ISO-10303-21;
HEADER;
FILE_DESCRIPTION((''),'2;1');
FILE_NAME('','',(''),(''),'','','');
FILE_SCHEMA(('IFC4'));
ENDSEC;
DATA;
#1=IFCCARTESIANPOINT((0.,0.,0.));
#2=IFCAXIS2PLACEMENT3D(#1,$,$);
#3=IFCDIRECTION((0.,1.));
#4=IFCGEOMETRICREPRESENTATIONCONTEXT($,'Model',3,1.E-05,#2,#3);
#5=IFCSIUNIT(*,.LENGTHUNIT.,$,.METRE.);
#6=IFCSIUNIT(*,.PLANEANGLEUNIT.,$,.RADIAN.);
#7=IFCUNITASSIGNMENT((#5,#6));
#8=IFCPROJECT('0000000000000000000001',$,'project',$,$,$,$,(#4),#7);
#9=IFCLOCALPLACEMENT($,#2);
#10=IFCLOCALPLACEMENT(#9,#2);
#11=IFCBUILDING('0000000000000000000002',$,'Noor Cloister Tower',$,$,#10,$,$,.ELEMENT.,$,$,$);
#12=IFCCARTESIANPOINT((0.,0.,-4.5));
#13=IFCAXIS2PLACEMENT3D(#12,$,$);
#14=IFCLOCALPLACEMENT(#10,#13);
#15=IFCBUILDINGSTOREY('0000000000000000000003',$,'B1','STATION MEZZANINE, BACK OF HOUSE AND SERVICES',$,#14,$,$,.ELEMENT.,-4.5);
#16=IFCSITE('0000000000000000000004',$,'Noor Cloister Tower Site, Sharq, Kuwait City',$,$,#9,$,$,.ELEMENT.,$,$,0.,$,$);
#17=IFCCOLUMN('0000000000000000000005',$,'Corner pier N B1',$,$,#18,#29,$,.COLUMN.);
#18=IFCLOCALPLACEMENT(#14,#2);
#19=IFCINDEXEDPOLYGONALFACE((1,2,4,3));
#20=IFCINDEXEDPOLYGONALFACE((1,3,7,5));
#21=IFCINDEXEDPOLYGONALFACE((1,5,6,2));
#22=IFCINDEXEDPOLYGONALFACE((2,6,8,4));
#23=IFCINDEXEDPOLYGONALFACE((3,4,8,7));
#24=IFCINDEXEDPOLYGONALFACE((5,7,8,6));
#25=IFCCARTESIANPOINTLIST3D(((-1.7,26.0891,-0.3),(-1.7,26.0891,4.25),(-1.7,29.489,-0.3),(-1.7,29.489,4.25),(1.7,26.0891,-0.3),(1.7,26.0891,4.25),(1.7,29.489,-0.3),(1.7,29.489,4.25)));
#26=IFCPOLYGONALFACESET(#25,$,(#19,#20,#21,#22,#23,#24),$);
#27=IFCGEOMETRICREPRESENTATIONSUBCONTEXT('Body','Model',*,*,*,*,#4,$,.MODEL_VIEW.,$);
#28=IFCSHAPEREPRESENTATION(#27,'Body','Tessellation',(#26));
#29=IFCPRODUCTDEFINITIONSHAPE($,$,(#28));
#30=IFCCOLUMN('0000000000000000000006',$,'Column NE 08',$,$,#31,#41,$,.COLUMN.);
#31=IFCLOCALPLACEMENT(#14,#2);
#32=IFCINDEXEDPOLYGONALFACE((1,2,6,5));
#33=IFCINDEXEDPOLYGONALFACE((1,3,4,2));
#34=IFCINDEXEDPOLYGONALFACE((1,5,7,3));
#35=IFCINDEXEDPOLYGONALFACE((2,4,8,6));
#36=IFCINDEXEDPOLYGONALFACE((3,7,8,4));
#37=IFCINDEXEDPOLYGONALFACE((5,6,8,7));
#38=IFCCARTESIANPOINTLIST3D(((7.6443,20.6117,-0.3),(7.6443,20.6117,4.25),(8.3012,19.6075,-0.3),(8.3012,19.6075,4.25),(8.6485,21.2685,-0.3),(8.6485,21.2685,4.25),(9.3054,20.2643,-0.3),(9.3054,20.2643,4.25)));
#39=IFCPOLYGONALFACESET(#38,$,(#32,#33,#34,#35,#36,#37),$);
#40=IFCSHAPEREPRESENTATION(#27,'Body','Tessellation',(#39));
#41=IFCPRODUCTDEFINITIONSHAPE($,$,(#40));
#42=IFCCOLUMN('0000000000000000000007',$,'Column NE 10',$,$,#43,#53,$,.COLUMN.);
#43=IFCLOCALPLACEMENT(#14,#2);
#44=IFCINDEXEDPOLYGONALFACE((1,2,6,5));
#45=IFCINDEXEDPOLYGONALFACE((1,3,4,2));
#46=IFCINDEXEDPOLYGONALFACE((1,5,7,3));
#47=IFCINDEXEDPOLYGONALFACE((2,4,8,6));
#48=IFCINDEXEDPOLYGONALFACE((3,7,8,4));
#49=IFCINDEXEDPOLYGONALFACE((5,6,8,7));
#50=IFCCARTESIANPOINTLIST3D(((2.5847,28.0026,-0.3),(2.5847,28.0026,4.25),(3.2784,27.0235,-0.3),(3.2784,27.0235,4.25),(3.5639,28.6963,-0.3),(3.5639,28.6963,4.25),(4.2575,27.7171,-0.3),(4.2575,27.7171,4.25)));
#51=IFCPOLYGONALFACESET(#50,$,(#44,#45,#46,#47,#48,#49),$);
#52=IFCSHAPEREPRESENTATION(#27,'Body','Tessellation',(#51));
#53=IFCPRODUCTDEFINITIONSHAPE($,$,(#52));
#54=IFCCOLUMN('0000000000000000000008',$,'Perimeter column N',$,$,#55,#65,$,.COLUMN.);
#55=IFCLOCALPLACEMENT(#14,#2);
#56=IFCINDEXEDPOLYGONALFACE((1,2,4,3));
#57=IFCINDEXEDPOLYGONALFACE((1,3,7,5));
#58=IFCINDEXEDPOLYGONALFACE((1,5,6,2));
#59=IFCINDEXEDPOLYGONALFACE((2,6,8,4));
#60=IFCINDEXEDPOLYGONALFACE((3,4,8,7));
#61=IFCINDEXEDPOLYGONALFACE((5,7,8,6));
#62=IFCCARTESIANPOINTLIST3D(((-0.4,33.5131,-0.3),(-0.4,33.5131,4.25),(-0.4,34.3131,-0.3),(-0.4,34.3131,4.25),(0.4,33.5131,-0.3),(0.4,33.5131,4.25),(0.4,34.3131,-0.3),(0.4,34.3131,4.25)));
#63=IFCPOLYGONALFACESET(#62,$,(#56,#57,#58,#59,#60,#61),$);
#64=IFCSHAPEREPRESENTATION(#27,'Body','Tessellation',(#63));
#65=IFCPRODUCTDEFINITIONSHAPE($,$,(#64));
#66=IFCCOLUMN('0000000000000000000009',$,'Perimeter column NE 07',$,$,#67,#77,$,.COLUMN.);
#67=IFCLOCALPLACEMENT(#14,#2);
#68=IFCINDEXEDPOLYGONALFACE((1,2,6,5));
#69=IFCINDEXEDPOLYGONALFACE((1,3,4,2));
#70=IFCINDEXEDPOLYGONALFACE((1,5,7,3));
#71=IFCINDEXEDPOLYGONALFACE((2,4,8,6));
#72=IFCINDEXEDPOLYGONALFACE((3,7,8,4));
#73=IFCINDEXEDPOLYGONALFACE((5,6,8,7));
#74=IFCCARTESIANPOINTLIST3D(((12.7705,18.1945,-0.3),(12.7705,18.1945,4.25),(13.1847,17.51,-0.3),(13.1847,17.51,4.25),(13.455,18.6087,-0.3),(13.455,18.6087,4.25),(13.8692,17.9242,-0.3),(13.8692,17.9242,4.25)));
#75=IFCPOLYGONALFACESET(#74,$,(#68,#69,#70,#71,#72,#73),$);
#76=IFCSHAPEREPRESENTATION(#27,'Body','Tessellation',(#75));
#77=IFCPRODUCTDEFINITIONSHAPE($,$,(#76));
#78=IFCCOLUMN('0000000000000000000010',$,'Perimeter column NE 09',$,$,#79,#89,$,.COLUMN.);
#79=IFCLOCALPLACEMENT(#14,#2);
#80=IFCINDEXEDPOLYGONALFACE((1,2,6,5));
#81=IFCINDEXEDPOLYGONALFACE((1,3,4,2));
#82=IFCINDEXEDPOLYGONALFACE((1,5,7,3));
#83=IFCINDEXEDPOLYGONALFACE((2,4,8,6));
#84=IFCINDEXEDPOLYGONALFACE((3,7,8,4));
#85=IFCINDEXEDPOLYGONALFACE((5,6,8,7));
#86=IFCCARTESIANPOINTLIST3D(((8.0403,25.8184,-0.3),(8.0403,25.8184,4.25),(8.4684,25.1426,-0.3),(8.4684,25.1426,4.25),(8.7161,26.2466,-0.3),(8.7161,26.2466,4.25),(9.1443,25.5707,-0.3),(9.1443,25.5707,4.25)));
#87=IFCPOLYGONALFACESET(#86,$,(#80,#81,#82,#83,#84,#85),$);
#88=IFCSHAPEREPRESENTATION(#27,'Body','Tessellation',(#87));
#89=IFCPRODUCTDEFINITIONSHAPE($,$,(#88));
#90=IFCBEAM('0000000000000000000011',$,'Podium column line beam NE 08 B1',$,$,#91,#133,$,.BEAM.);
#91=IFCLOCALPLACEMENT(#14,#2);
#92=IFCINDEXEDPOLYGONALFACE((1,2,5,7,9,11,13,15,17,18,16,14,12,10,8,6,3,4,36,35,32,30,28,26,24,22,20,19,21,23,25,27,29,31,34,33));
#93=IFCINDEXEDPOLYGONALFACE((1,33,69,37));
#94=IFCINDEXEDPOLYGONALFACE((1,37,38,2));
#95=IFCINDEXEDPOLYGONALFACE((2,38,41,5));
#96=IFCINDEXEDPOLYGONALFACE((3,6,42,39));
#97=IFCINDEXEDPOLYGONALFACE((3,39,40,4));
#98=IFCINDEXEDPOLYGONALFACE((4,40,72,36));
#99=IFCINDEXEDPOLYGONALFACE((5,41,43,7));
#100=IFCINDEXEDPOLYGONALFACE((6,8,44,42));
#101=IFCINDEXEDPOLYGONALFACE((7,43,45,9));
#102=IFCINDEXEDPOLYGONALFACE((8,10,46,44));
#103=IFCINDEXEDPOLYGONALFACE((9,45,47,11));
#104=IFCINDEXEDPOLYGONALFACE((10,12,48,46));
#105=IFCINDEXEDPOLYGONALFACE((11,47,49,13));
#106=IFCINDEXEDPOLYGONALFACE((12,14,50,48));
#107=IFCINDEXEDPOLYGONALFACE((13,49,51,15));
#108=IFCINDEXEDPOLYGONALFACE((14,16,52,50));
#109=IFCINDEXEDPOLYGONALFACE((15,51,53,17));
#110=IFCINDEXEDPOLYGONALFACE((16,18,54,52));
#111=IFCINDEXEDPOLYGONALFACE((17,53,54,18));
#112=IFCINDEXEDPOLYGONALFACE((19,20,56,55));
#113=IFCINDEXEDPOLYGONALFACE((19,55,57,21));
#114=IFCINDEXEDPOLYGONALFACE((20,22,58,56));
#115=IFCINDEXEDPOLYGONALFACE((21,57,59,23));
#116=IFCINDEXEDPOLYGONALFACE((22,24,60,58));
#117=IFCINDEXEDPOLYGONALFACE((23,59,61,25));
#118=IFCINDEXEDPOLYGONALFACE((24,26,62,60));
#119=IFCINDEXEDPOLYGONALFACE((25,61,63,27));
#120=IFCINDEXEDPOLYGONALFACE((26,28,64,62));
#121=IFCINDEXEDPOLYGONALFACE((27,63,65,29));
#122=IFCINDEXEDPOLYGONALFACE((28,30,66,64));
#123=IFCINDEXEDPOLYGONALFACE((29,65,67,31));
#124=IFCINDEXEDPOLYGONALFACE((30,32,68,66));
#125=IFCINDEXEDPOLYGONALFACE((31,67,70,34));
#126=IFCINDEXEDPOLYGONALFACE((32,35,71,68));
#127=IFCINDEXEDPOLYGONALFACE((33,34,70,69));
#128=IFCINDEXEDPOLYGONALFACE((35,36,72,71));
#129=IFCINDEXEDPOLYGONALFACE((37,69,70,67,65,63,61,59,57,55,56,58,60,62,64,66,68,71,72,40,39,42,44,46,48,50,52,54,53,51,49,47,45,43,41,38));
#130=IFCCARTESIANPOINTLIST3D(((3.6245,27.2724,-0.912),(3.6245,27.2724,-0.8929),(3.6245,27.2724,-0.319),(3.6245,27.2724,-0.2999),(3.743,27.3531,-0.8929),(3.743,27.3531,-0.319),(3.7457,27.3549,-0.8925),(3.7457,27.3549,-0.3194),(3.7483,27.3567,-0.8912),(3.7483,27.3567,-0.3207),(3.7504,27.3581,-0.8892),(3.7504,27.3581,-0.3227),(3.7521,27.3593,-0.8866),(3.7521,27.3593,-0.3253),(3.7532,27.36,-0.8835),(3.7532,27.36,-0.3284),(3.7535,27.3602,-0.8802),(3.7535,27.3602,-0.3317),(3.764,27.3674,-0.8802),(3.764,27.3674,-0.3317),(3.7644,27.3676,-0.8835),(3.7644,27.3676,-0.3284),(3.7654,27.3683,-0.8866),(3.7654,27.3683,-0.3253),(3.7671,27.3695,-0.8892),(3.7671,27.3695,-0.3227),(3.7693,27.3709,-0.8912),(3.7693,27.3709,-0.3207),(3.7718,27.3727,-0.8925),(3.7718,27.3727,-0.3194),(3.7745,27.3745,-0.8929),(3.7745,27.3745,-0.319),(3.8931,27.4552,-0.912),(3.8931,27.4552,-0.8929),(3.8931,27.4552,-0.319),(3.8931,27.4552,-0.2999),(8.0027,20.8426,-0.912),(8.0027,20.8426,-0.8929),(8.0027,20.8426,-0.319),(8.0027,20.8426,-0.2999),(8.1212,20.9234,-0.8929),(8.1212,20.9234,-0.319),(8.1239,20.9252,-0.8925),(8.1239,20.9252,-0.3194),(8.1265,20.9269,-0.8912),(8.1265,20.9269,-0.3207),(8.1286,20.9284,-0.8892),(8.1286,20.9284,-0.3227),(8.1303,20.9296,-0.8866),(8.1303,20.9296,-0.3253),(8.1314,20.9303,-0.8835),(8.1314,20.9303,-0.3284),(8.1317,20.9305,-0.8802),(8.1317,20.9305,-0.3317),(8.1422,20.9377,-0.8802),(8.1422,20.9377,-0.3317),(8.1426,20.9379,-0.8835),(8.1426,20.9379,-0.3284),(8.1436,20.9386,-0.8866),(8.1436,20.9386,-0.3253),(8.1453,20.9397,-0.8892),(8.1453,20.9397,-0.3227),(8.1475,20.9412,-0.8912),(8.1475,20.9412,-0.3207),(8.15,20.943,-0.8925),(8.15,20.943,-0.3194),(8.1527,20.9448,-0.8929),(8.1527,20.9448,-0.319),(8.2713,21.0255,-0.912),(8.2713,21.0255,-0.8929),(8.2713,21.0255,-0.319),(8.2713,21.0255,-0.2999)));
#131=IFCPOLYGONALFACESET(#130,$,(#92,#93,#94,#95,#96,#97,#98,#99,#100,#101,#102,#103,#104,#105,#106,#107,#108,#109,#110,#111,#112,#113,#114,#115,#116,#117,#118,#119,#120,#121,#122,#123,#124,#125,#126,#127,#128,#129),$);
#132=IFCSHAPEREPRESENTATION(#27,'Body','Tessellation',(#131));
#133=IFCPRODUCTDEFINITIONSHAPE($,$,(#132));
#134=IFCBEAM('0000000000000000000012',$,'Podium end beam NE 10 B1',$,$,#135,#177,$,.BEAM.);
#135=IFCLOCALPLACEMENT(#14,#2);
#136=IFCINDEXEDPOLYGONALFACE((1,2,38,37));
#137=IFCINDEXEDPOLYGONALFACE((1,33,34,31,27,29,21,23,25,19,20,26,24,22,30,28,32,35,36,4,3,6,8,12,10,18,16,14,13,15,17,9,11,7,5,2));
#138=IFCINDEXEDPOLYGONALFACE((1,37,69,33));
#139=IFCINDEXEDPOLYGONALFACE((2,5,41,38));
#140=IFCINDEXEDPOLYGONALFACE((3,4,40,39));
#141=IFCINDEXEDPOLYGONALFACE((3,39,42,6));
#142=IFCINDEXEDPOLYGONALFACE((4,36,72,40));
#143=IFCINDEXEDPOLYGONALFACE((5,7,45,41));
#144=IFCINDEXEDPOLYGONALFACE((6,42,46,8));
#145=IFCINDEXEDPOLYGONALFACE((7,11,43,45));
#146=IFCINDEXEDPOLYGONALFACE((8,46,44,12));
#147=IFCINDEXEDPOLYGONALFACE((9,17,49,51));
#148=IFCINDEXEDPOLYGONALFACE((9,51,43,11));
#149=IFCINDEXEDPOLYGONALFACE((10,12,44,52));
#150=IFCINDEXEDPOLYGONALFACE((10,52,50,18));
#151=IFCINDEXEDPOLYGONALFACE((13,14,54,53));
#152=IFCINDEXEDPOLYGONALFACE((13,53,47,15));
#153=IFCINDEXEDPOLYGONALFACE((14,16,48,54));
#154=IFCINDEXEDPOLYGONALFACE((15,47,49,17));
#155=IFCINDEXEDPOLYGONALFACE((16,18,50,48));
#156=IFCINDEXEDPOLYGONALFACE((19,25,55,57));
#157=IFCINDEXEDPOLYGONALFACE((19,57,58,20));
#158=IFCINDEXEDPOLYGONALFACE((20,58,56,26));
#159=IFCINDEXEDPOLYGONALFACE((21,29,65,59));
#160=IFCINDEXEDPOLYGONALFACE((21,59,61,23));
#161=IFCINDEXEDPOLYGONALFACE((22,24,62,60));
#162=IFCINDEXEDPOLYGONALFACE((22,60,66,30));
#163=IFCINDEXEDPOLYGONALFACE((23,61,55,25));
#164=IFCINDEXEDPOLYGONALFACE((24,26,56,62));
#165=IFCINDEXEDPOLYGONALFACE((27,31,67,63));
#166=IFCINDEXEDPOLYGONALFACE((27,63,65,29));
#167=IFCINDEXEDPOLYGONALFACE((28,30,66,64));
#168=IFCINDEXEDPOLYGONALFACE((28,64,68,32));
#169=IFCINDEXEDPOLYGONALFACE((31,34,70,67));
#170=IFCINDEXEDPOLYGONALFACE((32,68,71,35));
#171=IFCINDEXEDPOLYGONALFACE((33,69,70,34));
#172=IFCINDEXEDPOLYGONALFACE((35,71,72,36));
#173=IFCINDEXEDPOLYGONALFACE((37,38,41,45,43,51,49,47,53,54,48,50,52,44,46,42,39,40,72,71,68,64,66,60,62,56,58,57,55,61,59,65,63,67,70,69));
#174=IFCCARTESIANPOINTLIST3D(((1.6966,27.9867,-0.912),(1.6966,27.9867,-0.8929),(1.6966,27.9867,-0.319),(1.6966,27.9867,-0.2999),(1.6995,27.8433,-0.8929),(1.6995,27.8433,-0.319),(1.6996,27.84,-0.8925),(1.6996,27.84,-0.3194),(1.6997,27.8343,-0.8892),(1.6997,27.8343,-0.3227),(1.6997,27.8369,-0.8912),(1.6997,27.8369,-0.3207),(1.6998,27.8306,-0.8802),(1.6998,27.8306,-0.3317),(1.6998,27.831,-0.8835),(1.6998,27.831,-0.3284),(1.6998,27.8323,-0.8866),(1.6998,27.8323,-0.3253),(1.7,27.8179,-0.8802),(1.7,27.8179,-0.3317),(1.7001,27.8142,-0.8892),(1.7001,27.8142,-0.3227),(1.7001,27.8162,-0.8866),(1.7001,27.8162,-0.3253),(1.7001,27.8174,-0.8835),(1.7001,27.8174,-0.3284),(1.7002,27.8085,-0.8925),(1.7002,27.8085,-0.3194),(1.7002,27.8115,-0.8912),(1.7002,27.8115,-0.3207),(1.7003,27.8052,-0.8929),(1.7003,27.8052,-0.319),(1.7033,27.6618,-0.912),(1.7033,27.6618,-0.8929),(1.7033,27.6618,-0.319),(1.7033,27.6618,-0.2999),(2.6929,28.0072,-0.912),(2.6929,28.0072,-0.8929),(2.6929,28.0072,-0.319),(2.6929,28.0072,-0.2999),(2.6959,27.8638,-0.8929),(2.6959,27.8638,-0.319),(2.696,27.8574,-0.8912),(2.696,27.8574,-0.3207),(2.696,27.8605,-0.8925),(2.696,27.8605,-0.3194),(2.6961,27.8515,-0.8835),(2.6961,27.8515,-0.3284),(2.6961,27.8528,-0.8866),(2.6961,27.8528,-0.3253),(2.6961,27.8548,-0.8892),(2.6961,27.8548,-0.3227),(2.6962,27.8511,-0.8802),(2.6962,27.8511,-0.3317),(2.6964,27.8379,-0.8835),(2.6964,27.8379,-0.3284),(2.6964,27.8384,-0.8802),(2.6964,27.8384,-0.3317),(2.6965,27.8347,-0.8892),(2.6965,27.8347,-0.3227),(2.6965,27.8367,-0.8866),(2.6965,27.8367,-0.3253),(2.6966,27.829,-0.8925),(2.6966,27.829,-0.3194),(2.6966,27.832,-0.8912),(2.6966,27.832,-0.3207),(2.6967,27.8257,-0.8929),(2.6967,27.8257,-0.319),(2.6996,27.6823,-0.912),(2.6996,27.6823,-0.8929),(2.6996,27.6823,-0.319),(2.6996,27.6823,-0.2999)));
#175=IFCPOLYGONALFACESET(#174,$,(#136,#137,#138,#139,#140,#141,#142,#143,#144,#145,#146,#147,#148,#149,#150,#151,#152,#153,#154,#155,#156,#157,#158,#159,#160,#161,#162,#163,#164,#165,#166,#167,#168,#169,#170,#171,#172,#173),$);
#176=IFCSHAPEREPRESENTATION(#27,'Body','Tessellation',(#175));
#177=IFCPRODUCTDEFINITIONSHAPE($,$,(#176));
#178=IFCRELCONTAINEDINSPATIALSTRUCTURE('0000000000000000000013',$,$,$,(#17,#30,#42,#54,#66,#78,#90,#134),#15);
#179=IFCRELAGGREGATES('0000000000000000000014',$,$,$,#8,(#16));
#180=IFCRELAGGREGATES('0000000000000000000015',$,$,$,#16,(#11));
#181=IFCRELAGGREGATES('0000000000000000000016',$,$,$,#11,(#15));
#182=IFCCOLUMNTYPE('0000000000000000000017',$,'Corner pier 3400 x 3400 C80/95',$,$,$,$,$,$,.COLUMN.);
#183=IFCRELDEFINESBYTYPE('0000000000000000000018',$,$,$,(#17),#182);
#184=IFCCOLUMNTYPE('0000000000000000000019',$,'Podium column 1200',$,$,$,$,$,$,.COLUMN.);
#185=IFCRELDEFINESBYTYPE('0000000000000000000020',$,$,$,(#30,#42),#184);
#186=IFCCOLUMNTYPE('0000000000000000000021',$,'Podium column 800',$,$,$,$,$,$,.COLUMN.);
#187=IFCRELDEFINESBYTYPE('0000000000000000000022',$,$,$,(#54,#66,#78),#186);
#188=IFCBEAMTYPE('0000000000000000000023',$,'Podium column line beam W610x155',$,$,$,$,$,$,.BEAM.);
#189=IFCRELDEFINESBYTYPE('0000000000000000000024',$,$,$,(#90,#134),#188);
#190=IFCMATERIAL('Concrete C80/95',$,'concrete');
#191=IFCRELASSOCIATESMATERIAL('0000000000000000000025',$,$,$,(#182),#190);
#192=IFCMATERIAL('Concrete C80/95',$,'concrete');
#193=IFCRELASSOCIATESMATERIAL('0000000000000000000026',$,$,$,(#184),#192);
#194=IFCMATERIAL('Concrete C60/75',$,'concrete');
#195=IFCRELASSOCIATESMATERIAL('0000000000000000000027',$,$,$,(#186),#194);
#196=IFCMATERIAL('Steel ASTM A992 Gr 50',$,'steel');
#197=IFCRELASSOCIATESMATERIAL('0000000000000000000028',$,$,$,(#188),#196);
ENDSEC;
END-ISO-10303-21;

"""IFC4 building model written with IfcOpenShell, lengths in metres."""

from ifc_helpers import new_model, si_unit, direction, frame, origin, origin_2d, place, context, subcontext, project, spatial, rectangle, i_section, extrude, material, material_profile, profile_set, type_object, element, save


model = new_model("IFC4")

# Units and contexts
model_context = context("Model", 3, precision=1e-05, world=origin(), true_north=direction((0.0, 1.0)))
body_context = subcontext(model_context, "Body", "Model", "MODEL_VIEW")
ifc_project = project(units=[si_unit("LENGTHUNIT", "METRE"), si_unit("PLANEANGLEUNIT", "RADIAN")], contexts=[model_context])

# Site, building, storey
site_placement = place(None, origin())
site = spatial("IfcSite", under=ifc_project, at=site_placement, Name="Noor Cloister Tower Site, Sharq, Kuwait City", CompositionType="ELEMENT", RefElevation=0.0)
building_placement = place(site_placement, origin())
building = spatial("IfcBuilding", under=site, at=building_placement, Name="Noor Cloister Tower", CompositionType="ELEMENT")
storey_placement = place(building_placement, frame((0.0, 0.0, -4.5)))
storey = spatial("IfcBuildingStorey", under=building, at=storey_placement, Name="B1", Description="STATION MEZZANINE, BACK OF HOUSE AND SERVICES", CompositionType="ELEMENT", Elevation=-4.5)

# Columns
ifc_material_1 = material(Name="Concrete C80/95", Category="concrete")
ifc_material_profile_1 = material_profile(ifc_material_1, rectangle(XDim=3.3999, YDim=3.3999, at=origin_2d()), Name="RC 3400x3400")
ifc_profile_set_1 = profile_set([ifc_material_profile_1], Name="Concrete C80/95")
column_type_1 = type_object("IfcColumnType", Name="Corner pier 3400 x 3400 C80/95", PredefinedType="COLUMN", material=ifc_profile_set_1)
column_placement = place(storey_placement, frame((0.0, 27.7891, -0.3), z_axis=(0.0, 0.0, 1.0), x_axis=(0.0, 1.0, 0.0)))
element("IfcColumn", 1, at=column_placement, inside=storey, type_object=column_type_1, Name="Corner pier N B1", PredefinedType="COLUMN", context=body_context, shape_type="SweptSolid", body=[
    extrude(rectangle(XDim=3.3999, YDim=3.3999, at=origin_2d()), origin(), (0.0, 0.0, 1.0), 4.55),
])
ifc_material_2 = material(Name="Concrete C80/95", Category="concrete")
ifc_material_profile_2 = material_profile(ifc_material_2, rectangle(XDim=1.2, YDim=1.2, at=origin_2d()), Name="Podium column 1200")
ifc_profile_set_2 = profile_set([ifc_material_profile_2], Name="Concrete C80/95")
column_type_2 = type_object("IfcColumnType", Name="Podium column 1200", PredefinedType="COLUMN", material=ifc_profile_set_2)
for number, where, z_axis, x_axis, name in (
    (2, (8.4749, 20.438, -0.3), (0.0, 0.0, 1.0), (0.836868, 0.547405, 0.0), "Column NE 08"),
    (3, (3.4211, 27.8599, -0.3), (0.0, 0.0, 1.0), (0.815983, 0.578076, 0.0), "Column NE 10"),
):
    element("IfcColumn", number, at=place(storey_placement, frame(where, z_axis=z_axis, x_axis=x_axis)), inside=storey, type_object=column_type_2, Name=name, PredefinedType="COLUMN", context=body_context, shape_type="SweptSolid", body=[
        extrude(rectangle(XDim=1.2, YDim=1.2, at=origin_2d()), origin(), (0.0, 0.0, 1.0), 4.55),
    ])
ifc_material_3 = material(Name="Concrete C60/75", Category="concrete")
ifc_material_profile_3 = material_profile(ifc_material_3, rectangle(XDim=0.8, YDim=0.8, at=origin_2d()), Name="Podium column 800")
ifc_profile_set_3 = profile_set([ifc_material_profile_3], Name="Concrete C60/75")
column_type_3 = type_object("IfcColumnType", Name="Podium column 800", PredefinedType="COLUMN", material=ifc_profile_set_3)
for number, where, z_axis, x_axis, name in (
    (4, (0.0, 33.9131, -0.3), (0.0, 0.0, 1.0), (0.0, 1.0, 0.0), "Perimeter column N"),
    (5, (13.3198, 18.0593, -0.3), (0.0, 0.0, 1.0), (0.855574, 0.51768, 0.0), "Perimeter column NE 07"),
    (6, (8.5923, 25.6946, -0.3), (0.0, 0.0, 1.0), (0.844762, 0.535142, 0.0), "Perimeter column NE 09"),
):
    element("IfcColumn", number, at=place(storey_placement, frame(where, z_axis=z_axis, x_axis=x_axis)), inside=storey, type_object=column_type_3, Name=name, PredefinedType="COLUMN", context=body_context, shape_type="SweptSolid", body=[
        extrude(rectangle(XDim=0.8, YDim=0.8, at=origin_2d()), origin(), (0.0, 0.0, 1.0), 4.55),
    ])

# Beams
ifc_material_4 = material(Name="Steel ASTM A992 Gr 50", Category="steel")
ifc_material_profile_4 = material_profile(ifc_material_4, i_section(OverallWidth=0.325, OverallDepth=0.6121, WebThickness=0.0127, FlangeThickness=0.019, FilletRadius=0.0127, at=origin_2d()), Name="W610x155")
ifc_profile_set_4 = profile_set([ifc_material_profile_4], Name="Steel ASTM A992 Gr 50")
beam_type_1 = type_object("IfcBeamType", Name="Podium column line beam W610x155", PredefinedType="BEAM", material=ifc_profile_set_4)
beam_1_placement = place(storey_placement, frame((8.137, 20.9341, -0.606), z_axis=(-0.562836, 0.826568, 0.0), x_axis=(-0.826568, -0.562836, 0.0)))
element("IfcBeam", 7, at=beam_1_placement, inside=storey, type_object=beam_type_1, Name="Podium column line beam NE 08 B1", PredefinedType="BEAM", context=body_context, shape_type="SweptSolid", body=[
    extrude(i_section(OverallWidth=0.325, OverallDepth=0.6121, WebThickness=0.0127, FlangeThickness=0.019, FilletRadius=0.0127, at=origin_2d()), origin(), (0.0, 0.0, 1.0), 7.7788),
])
beam_2_placement = place(storey_placement, frame((2.6963, 27.8447, -0.606), z_axis=(-0.999788, -0.020579, 0.0), x_axis=(0.020579, -0.999788, 0.0)))
element("IfcBeam", 8, at=beam_2_placement, inside=storey, type_object=beam_type_1, Name="Podium end beam NE 10 B1", PredefinedType="BEAM", context=body_context, shape_type="SweptSolid", body=[
    extrude(i_section(OverallWidth=0.325, OverallDepth=0.6121, WebThickness=0.0127, FlangeThickness=0.019, FilletRadius=0.0127, at=origin_2d()), origin(), (0.0, 0.0, 1.0), 0.9966),
])

save(model, "model.ifc")
